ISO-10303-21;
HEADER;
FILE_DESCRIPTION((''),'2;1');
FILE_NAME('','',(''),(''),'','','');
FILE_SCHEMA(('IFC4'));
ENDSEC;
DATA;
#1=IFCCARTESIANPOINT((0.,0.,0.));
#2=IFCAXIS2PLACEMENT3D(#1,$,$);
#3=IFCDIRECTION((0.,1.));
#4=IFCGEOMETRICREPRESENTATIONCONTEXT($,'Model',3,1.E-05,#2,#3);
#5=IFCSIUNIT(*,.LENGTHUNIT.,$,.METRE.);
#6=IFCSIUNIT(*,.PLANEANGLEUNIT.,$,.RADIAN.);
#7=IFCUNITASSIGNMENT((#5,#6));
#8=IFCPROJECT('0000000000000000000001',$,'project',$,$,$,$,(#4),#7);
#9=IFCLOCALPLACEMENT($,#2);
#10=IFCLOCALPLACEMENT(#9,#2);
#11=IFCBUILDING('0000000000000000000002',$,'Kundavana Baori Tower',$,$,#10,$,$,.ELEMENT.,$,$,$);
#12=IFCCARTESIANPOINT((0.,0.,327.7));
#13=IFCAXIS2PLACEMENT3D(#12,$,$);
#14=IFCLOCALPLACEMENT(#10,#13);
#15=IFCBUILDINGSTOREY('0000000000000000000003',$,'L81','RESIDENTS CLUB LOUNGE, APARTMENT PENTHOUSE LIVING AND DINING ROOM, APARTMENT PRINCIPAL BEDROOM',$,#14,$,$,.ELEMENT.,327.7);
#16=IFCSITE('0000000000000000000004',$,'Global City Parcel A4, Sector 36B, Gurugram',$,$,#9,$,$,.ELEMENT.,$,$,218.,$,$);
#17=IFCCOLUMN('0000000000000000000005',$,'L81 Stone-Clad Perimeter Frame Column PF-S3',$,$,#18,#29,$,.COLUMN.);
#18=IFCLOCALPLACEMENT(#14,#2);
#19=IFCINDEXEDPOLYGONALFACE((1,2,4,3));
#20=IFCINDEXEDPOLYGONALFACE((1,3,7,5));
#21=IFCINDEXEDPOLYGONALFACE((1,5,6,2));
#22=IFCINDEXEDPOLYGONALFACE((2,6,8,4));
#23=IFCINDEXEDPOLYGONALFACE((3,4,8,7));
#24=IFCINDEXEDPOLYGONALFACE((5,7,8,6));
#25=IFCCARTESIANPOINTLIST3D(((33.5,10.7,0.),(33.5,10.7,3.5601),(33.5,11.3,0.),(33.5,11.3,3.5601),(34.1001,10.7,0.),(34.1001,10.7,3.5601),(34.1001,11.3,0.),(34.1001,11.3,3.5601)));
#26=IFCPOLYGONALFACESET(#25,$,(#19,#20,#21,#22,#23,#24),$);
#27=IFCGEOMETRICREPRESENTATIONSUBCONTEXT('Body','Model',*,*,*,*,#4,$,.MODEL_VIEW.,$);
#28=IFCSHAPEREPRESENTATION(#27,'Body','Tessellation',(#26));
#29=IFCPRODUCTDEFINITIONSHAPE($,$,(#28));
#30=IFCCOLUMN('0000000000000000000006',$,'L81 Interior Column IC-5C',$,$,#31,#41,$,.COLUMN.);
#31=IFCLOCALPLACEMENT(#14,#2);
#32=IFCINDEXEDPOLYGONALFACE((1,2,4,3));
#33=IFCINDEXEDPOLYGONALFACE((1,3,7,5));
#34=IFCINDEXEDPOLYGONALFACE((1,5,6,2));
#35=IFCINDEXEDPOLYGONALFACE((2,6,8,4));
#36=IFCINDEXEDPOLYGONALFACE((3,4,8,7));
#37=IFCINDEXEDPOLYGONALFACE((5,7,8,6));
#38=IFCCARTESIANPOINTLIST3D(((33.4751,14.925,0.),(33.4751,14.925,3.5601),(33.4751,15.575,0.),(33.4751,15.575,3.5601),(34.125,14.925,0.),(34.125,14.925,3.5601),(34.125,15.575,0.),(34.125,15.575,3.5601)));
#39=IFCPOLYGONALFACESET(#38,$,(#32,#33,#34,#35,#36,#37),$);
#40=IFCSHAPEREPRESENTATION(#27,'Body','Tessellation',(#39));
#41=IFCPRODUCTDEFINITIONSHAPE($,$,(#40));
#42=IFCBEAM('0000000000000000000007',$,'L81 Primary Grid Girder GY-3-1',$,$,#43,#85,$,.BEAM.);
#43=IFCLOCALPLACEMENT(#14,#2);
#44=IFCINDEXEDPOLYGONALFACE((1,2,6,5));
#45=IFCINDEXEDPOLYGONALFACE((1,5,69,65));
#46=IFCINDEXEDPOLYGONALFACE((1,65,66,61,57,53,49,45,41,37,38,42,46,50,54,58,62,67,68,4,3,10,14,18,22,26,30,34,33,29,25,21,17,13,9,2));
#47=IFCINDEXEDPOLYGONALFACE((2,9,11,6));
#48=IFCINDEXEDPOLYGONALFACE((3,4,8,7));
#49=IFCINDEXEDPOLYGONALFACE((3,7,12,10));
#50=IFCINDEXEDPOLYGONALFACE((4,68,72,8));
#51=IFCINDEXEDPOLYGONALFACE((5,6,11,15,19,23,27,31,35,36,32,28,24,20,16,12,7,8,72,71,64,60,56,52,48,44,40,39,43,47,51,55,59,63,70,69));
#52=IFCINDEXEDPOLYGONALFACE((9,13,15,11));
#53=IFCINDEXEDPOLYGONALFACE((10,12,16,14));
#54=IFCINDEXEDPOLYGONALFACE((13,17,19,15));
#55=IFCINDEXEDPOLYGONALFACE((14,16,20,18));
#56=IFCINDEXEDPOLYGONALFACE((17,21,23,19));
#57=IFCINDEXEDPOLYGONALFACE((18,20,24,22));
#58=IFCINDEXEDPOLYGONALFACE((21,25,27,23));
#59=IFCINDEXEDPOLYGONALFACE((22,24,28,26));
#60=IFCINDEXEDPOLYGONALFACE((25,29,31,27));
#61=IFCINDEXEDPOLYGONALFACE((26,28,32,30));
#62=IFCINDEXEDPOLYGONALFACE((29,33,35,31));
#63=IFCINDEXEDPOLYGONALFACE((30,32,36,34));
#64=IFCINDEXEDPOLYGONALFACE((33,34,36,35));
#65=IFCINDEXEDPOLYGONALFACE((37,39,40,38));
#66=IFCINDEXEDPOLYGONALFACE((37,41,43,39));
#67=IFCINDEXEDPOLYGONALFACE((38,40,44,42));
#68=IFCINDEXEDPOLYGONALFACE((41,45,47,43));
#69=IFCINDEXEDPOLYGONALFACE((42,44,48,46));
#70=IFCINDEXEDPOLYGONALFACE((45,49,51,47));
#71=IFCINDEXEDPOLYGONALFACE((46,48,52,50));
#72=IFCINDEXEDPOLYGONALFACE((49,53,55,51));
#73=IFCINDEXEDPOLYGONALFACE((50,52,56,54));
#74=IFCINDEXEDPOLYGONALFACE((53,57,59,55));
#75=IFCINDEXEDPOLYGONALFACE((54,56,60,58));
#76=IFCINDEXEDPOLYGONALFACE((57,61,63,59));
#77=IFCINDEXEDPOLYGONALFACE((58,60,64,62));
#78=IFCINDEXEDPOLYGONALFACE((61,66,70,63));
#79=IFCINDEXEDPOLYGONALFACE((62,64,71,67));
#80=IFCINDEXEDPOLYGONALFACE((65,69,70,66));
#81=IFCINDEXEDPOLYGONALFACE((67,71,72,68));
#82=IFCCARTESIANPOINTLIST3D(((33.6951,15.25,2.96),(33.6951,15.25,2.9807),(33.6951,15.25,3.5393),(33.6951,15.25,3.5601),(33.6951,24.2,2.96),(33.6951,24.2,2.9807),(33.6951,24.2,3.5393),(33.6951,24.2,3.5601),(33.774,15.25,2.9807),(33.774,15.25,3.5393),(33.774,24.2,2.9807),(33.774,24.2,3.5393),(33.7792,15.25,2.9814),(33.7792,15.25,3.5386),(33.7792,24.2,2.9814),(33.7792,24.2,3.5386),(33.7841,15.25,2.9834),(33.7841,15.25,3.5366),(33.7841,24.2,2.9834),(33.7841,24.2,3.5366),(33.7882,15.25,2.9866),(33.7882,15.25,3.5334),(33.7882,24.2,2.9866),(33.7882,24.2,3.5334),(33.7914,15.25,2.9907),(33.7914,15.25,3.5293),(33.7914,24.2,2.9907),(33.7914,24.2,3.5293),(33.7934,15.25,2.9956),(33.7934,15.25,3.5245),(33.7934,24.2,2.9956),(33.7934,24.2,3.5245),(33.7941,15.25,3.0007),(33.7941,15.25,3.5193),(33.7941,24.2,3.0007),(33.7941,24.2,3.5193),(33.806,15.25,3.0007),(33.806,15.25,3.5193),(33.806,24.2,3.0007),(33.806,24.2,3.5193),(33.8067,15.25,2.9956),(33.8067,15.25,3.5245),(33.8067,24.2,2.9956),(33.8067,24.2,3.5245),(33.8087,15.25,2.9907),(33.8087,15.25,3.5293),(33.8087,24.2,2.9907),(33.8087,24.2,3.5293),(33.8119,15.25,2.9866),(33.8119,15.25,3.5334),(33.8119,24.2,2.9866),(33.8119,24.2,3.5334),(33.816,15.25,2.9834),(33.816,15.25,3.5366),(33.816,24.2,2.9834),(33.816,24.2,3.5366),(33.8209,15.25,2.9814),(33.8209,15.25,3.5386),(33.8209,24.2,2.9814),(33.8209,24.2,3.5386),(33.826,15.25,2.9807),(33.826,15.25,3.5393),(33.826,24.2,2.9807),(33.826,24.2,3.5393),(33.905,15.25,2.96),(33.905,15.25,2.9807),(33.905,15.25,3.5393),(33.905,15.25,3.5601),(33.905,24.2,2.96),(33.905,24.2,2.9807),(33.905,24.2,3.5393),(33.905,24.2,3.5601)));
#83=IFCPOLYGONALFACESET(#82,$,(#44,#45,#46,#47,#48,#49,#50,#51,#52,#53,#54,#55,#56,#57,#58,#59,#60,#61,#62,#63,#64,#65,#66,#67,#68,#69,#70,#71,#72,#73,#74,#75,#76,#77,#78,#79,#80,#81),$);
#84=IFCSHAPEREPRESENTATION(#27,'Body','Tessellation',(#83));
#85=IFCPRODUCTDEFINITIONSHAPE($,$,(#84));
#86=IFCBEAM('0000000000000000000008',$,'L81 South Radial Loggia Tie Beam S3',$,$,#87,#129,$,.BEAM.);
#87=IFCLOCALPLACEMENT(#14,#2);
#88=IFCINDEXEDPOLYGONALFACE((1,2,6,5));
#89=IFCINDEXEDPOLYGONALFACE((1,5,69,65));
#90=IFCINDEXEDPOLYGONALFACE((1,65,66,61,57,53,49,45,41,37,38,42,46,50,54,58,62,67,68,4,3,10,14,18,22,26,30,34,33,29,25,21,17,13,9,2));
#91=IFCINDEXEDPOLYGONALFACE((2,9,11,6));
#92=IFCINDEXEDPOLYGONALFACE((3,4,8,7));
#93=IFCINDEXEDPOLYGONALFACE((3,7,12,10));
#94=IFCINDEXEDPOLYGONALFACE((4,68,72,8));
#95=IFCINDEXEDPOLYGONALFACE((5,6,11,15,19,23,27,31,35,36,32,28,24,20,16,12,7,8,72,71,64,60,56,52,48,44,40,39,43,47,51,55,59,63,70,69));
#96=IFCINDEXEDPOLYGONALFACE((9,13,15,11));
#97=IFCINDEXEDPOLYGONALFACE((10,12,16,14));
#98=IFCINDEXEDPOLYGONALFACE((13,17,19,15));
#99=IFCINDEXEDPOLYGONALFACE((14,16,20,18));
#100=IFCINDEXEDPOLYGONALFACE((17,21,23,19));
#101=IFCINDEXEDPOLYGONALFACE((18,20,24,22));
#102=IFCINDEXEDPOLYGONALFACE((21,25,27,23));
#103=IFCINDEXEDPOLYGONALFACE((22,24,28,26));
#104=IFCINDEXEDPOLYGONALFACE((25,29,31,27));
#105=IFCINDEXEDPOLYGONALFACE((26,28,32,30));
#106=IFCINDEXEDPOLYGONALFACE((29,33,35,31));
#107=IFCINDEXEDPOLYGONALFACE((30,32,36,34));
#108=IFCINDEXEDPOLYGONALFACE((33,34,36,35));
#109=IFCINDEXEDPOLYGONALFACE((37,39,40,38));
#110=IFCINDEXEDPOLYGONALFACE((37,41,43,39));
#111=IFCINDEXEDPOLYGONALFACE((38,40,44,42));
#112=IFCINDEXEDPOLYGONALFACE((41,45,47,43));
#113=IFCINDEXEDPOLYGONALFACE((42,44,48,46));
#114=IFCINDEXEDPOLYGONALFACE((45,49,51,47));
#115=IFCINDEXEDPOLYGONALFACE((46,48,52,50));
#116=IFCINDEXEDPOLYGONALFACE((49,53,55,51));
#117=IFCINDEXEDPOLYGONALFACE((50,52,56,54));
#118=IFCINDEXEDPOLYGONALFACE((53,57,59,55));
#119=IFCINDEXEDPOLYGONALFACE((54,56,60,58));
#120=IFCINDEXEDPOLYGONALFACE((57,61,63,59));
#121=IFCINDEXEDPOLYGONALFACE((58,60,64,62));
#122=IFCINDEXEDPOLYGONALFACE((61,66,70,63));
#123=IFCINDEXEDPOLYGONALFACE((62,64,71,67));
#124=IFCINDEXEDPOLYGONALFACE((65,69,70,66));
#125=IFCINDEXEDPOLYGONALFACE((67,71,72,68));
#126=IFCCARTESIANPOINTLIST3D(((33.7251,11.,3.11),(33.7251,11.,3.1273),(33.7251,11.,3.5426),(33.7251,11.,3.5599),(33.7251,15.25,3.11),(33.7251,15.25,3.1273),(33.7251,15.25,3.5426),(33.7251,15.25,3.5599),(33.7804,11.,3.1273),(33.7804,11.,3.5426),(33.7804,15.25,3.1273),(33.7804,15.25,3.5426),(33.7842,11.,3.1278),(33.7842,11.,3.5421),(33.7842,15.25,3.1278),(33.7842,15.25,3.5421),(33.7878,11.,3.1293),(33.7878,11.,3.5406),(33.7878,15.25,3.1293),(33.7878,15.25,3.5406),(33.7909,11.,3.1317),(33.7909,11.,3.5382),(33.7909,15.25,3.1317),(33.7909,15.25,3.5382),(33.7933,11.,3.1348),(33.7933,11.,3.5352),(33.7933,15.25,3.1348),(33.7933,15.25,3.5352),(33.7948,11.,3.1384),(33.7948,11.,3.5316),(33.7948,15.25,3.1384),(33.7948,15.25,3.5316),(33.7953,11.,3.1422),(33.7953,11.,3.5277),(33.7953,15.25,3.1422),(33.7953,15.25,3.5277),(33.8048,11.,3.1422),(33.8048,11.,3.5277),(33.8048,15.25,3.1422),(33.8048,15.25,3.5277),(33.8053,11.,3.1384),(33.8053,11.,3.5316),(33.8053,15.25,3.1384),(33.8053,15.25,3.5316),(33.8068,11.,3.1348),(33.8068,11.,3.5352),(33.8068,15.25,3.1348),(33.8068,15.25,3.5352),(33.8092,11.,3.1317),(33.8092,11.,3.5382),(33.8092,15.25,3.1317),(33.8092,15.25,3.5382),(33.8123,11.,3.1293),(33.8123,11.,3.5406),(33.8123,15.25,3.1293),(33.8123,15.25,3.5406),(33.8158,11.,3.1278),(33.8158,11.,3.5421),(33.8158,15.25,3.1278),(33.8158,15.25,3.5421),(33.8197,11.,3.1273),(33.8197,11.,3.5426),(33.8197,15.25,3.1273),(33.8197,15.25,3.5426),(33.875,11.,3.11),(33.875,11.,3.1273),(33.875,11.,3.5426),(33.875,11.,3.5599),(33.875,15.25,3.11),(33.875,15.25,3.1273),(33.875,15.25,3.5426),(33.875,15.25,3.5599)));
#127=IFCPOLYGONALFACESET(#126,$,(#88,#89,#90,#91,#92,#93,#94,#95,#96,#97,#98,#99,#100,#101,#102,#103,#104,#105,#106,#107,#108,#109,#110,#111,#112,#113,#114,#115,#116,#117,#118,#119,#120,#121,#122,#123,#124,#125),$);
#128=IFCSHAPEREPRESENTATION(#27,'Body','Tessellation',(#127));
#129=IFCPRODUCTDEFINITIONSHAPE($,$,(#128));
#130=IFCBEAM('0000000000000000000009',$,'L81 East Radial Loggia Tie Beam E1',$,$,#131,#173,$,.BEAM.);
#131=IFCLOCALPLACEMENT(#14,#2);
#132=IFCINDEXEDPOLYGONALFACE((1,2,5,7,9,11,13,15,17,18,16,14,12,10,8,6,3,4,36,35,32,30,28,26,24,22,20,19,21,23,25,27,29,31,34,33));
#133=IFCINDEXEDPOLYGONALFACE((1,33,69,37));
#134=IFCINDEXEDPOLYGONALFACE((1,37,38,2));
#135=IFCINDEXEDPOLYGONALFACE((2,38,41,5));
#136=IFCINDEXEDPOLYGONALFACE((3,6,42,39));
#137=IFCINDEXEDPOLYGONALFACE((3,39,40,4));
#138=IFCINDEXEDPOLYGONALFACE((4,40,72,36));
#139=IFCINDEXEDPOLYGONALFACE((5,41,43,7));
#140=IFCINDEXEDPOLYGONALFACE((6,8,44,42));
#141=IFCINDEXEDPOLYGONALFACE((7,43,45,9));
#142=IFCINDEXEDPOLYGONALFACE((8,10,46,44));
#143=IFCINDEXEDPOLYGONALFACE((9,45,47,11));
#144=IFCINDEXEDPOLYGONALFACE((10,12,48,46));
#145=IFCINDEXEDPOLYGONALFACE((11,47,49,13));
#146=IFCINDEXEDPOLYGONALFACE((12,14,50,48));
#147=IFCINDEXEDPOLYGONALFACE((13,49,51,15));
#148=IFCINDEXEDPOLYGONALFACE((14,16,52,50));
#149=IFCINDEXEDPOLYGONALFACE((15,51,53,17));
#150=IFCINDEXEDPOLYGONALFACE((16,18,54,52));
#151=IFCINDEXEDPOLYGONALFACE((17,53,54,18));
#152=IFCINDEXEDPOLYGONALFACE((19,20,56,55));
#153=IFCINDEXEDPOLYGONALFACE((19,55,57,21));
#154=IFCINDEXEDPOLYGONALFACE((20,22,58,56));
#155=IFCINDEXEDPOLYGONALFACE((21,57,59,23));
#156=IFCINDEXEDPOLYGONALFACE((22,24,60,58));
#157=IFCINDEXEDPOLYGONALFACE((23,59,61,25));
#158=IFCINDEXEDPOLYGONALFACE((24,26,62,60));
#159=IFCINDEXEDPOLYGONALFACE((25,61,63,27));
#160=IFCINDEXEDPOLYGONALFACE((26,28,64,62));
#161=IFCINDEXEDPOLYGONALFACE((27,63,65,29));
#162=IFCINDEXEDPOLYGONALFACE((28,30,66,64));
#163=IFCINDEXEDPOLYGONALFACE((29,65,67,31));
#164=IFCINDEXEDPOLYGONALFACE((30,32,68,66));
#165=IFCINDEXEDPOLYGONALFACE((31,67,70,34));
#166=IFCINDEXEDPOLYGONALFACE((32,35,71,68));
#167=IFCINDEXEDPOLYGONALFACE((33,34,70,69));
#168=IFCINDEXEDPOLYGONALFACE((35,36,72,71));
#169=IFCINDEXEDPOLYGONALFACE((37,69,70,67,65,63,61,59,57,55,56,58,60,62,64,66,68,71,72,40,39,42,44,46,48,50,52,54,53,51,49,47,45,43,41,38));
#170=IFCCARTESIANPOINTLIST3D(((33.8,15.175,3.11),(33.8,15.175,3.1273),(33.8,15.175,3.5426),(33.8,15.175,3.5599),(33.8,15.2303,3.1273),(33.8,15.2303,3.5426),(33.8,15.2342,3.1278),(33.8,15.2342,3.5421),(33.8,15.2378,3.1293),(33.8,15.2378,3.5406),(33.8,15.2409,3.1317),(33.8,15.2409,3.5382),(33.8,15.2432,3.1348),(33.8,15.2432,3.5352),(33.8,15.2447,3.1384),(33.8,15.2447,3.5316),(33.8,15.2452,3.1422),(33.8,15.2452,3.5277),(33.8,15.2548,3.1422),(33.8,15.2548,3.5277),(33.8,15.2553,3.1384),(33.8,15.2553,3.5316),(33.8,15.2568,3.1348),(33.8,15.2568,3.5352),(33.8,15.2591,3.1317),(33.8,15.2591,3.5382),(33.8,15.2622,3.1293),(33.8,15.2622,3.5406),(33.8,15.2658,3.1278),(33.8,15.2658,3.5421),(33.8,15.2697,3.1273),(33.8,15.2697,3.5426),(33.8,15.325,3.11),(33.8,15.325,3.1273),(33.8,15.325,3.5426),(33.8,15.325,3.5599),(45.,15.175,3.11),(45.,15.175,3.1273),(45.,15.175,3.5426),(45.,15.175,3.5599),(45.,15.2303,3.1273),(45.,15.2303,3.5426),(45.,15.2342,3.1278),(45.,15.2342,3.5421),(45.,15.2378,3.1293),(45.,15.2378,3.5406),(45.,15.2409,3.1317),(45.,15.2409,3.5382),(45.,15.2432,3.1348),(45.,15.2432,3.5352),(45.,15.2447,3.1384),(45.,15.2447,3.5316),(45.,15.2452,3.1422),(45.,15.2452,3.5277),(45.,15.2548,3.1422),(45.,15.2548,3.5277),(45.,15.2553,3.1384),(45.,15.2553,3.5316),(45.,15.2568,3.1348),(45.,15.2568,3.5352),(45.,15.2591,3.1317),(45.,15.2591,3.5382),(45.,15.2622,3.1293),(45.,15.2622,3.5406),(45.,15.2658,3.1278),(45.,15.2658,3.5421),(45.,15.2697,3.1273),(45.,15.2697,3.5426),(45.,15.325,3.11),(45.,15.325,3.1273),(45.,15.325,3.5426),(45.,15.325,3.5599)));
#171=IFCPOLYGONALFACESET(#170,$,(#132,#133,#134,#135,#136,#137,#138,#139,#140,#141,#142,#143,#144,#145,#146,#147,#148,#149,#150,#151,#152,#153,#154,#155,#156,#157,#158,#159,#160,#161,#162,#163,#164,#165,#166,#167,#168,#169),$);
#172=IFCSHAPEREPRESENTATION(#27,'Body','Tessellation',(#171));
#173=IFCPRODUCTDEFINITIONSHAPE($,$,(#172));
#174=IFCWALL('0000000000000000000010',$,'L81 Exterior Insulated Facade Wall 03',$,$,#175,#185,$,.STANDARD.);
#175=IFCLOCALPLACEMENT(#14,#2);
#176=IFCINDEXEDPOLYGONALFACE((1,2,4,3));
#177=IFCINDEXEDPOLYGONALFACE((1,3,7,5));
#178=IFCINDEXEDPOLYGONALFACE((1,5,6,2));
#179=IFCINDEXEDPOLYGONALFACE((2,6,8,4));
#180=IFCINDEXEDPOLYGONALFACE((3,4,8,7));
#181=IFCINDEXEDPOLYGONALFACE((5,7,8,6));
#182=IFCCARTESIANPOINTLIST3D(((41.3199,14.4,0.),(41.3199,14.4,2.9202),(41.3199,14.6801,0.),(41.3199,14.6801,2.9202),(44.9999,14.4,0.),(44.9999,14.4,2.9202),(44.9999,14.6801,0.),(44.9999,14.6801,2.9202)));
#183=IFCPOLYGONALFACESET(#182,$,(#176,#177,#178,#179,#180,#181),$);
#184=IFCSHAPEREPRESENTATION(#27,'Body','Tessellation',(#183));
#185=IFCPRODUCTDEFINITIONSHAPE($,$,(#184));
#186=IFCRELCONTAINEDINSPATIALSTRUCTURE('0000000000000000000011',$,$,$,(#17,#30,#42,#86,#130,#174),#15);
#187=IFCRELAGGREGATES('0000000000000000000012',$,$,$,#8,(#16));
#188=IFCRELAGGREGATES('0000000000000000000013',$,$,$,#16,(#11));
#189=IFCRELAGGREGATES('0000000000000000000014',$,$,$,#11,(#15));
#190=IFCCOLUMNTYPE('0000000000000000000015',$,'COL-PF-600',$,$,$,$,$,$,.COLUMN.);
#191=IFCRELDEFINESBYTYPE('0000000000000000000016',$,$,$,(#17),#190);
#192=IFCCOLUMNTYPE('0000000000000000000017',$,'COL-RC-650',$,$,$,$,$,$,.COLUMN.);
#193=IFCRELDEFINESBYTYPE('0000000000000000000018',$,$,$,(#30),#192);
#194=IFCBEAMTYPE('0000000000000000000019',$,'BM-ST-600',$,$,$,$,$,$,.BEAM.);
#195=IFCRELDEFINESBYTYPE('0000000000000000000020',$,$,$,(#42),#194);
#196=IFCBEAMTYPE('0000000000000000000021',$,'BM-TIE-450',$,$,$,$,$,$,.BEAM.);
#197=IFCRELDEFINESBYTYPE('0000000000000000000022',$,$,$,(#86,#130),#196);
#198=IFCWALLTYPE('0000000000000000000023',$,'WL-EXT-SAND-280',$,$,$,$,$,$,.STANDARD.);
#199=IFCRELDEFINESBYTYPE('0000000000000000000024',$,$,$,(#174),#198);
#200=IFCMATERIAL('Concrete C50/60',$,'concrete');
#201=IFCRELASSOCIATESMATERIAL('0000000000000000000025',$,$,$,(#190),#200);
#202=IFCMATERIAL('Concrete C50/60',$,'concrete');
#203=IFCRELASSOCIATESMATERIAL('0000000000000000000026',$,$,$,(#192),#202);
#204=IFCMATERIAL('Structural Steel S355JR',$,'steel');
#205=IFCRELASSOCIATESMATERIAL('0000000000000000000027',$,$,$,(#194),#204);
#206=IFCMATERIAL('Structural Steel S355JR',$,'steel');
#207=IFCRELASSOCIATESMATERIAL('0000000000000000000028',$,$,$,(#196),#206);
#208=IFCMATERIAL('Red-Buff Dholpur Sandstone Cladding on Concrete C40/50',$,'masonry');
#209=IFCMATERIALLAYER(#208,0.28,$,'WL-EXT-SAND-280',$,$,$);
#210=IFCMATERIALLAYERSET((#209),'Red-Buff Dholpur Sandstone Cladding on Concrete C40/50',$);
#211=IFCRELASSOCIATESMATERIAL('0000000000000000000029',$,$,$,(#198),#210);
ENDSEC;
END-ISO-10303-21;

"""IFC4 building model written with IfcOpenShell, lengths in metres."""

from ifc_helpers import new_model, si_unit, direction, frame, frame_2d, origin, origin_2d, place, context, subcontext, project, spatial, rectangle, i_section, extrude, material, layer, layer_set, material_profile, profile_set, type_object, element, save


model = new_model("IFC4")

# Units and contexts
model_context = context("Model", 3, precision=1e-05, world=origin(), true_north=direction((0.0, 1.0)))
body_context = subcontext(model_context, "Body", "Model", "MODEL_VIEW")
ifc_project = project(units=[si_unit("LENGTHUNIT", "METRE"), si_unit("PLANEANGLEUNIT", "RADIAN")], contexts=[model_context])

# Site, building, storey
site_placement = place(None, origin())
site = spatial("IfcSite", under=ifc_project, at=site_placement, Name="Global City Parcel A4, Sector 36B, Gurugram", CompositionType="ELEMENT", RefElevation=218.0)
building_placement = place(site_placement, origin())
building = spatial("IfcBuilding", under=site, at=building_placement, Name="Kundavana Baori Tower", CompositionType="ELEMENT")
storey_placement = place(building_placement, frame((0.0, 0.0, 327.7)))
storey = spatial("IfcBuildingStorey", under=building, at=storey_placement, Name="L81", Description="RESIDENTS CLUB LOUNGE, APARTMENT PENTHOUSE LIVING AND DINING ROOM, APARTMENT PRINCIPAL BEDROOM", CompositionType="ELEMENT", Elevation=327.7)

# Columns
ifc_material_1 = material(Name="Concrete C50/60", Category="concrete")
ifc_material_profile_1 = material_profile(ifc_material_1, rectangle(XDim=0.6001, YDim=0.6001, at=origin_2d()), Name="RC PF 600x600")
ifc_profile_set_1 = profile_set([ifc_material_profile_1], Name="Concrete C50/60")
column_type_1 = type_object("IfcColumnType", Name="COL-PF-600", PredefinedType="COLUMN", material=ifc_profile_set_1)
column_1_placement = place(storey_placement, frame((33.8, 11.0, 0.0), z_axis=(0.0, 0.0, 1.0), x_axis=(1.0, 0.0, 0.0)))
element("IfcColumn", 1, at=column_1_placement, inside=storey, type_object=column_type_1, Name="L81 Stone-Clad Perimeter Frame Column PF-S3", PredefinedType="COLUMN", context=body_context, shape_type="SweptSolid", body=[
    extrude(rectangle(XDim=0.6001, YDim=0.6001, at=origin_2d()), origin(), (0.0, 0.0, 1.0), 3.5601),
])
ifc_material_2 = material(Name="Concrete C50/60", Category="concrete")
ifc_material_profile_2 = material_profile(ifc_material_2, rectangle(XDim=0.6499, YDim=0.6499, at=origin_2d()), Name="RC 650x650")
ifc_profile_set_2 = profile_set([ifc_material_profile_2], Name="Concrete C50/60")
column_type_2 = type_object("IfcColumnType", Name="COL-RC-650", PredefinedType="COLUMN", material=ifc_profile_set_2)
column_2_placement = place(storey_placement, frame((33.8, 15.25, 0.0), z_axis=(0.0, 0.0, 1.0), x_axis=(1.0, 0.0, 0.0)))
element("IfcColumn", 2, at=column_2_placement, inside=storey, type_object=column_type_2, Name="L81 Interior Column IC-5C", PredefinedType="COLUMN", context=body_context, shape_type="SweptSolid", body=[
    extrude(rectangle(XDim=0.6499, YDim=0.6499, at=origin_2d()), origin(), (0.0, 0.0, 1.0), 3.5601),
])

# Beams
ifc_material_3 = material(Name="Structural Steel S355JR", Category="steel")
ifc_material_profile_3 = material_profile(ifc_material_3, i_section(OverallWidth=0.21, OverallDepth=0.6001, WebThickness=0.012, FlangeThickness=0.0208, FilletRadius=0.02, at=origin_2d()), Name="ISMB 600")
ifc_profile_set_3 = profile_set([ifc_material_profile_3], Name="Structural Steel S355JR")
beam_type_1 = type_object("IfcBeamType", Name="BM-ST-600", PredefinedType="BEAM", material=ifc_profile_set_3)
beam_1_placement = place(storey_placement, frame((33.8, 15.25, 3.26), z_axis=(0.0, 1.0, 0.0), x_axis=(-1.0, 0.0, 0.0)))
element("IfcBeam", 3, at=beam_1_placement, inside=storey, type_object=beam_type_1, Name="L81 Primary Grid Girder GY-3-1", PredefinedType="BEAM", context=body_context, shape_type="SweptSolid", body=[
    extrude(i_section(OverallWidth=0.21, OverallDepth=0.6001, WebThickness=0.012, FlangeThickness=0.0208, FilletRadius=0.02, at=origin_2d()), origin(), (0.0, 0.0, 1.0), 8.95),
])
ifc_material_4 = material(Name="Structural Steel S355JR", Category="steel")
ifc_material_profile_4 = material_profile(ifc_material_4, i_section(OverallWidth=0.1499, OverallDepth=0.45, WebThickness=0.0095, FlangeThickness=0.0173, FilletRadius=0.0149, at=origin_2d()), Name="ISMB 450")
ifc_profile_set_4 = profile_set([ifc_material_profile_4], Name="Structural Steel S355JR")
beam_type_2 = type_object("IfcBeamType", Name="BM-TIE-450", PredefinedType="BEAM", material=ifc_profile_set_4)
beam_2_placement = place(storey_placement, frame((33.8, 15.25, 3.335), z_axis=(0.0, -1.0, 0.0), x_axis=(1.0, 0.0, 0.0)))
element("IfcBeam", 4, at=beam_2_placement, inside=storey, type_object=beam_type_2, Name="L81 South Radial Loggia Tie Beam S3", PredefinedType="BEAM", context=body_context, shape_type="SweptSolid", body=[
    extrude(i_section(OverallWidth=0.1499, OverallDepth=0.45, WebThickness=0.0095, FlangeThickness=0.0173, FilletRadius=0.0149, at=origin_2d()), origin(), (0.0, 0.0, 1.0), 4.25),
])
beam_3_placement = place(storey_placement, frame((33.8, 15.25, 3.335), z_axis=(1.0, 0.0, 0.0), x_axis=(0.0, 1.0, 0.0)))
element("IfcBeam", 5, at=beam_3_placement, inside=storey, type_object=beam_type_2, Name="L81 East Radial Loggia Tie Beam E1", PredefinedType="BEAM", context=body_context, shape_type="SweptSolid", body=[
    extrude(i_section(OverallWidth=0.1499, OverallDepth=0.45, WebThickness=0.0095, FlangeThickness=0.0173, FilletRadius=0.0149, at=origin_2d()), origin(), (0.0, 0.0, 1.0), 11.2),
])

# Wall
ifc_material_5 = material(Name="Red-Buff Dholpur Sandstone Cladding on Concrete C40/50", Category="masonry")
ifc_layer_1 = layer(ifc_material_5, 0.28, Name="WL-EXT-SAND-280")
ifc_layer_set_1 = layer_set([ifc_layer_1], Name="Red-Buff Dholpur Sandstone Cladding on Concrete C40/50")
wall_type_1 = type_object("IfcWallType", Name="WL-EXT-SAND-280", PredefinedType="STANDARD", material=ifc_layer_set_1)
wall_1_placement = place(storey_placement, frame((41.3201, 14.54, 0.0), z_axis=(0.0, 0.0, 1.0), x_axis=(1.0, 0.0, 0.0)))
element("IfcWall", 6, at=wall_1_placement, inside=storey, type_object=wall_type_1, Name="L81 Exterior Insulated Facade Wall 03", PredefinedType="STANDARD", context=body_context, shape_type="SweptSolid", body=[
    extrude(rectangle(XDim=3.6799, YDim=0.28, at=frame_2d((1.8398, 0.0))), origin(), (0.0, 0.0, 1.0), 2.9202),
])

save(model, "model.ifc")
